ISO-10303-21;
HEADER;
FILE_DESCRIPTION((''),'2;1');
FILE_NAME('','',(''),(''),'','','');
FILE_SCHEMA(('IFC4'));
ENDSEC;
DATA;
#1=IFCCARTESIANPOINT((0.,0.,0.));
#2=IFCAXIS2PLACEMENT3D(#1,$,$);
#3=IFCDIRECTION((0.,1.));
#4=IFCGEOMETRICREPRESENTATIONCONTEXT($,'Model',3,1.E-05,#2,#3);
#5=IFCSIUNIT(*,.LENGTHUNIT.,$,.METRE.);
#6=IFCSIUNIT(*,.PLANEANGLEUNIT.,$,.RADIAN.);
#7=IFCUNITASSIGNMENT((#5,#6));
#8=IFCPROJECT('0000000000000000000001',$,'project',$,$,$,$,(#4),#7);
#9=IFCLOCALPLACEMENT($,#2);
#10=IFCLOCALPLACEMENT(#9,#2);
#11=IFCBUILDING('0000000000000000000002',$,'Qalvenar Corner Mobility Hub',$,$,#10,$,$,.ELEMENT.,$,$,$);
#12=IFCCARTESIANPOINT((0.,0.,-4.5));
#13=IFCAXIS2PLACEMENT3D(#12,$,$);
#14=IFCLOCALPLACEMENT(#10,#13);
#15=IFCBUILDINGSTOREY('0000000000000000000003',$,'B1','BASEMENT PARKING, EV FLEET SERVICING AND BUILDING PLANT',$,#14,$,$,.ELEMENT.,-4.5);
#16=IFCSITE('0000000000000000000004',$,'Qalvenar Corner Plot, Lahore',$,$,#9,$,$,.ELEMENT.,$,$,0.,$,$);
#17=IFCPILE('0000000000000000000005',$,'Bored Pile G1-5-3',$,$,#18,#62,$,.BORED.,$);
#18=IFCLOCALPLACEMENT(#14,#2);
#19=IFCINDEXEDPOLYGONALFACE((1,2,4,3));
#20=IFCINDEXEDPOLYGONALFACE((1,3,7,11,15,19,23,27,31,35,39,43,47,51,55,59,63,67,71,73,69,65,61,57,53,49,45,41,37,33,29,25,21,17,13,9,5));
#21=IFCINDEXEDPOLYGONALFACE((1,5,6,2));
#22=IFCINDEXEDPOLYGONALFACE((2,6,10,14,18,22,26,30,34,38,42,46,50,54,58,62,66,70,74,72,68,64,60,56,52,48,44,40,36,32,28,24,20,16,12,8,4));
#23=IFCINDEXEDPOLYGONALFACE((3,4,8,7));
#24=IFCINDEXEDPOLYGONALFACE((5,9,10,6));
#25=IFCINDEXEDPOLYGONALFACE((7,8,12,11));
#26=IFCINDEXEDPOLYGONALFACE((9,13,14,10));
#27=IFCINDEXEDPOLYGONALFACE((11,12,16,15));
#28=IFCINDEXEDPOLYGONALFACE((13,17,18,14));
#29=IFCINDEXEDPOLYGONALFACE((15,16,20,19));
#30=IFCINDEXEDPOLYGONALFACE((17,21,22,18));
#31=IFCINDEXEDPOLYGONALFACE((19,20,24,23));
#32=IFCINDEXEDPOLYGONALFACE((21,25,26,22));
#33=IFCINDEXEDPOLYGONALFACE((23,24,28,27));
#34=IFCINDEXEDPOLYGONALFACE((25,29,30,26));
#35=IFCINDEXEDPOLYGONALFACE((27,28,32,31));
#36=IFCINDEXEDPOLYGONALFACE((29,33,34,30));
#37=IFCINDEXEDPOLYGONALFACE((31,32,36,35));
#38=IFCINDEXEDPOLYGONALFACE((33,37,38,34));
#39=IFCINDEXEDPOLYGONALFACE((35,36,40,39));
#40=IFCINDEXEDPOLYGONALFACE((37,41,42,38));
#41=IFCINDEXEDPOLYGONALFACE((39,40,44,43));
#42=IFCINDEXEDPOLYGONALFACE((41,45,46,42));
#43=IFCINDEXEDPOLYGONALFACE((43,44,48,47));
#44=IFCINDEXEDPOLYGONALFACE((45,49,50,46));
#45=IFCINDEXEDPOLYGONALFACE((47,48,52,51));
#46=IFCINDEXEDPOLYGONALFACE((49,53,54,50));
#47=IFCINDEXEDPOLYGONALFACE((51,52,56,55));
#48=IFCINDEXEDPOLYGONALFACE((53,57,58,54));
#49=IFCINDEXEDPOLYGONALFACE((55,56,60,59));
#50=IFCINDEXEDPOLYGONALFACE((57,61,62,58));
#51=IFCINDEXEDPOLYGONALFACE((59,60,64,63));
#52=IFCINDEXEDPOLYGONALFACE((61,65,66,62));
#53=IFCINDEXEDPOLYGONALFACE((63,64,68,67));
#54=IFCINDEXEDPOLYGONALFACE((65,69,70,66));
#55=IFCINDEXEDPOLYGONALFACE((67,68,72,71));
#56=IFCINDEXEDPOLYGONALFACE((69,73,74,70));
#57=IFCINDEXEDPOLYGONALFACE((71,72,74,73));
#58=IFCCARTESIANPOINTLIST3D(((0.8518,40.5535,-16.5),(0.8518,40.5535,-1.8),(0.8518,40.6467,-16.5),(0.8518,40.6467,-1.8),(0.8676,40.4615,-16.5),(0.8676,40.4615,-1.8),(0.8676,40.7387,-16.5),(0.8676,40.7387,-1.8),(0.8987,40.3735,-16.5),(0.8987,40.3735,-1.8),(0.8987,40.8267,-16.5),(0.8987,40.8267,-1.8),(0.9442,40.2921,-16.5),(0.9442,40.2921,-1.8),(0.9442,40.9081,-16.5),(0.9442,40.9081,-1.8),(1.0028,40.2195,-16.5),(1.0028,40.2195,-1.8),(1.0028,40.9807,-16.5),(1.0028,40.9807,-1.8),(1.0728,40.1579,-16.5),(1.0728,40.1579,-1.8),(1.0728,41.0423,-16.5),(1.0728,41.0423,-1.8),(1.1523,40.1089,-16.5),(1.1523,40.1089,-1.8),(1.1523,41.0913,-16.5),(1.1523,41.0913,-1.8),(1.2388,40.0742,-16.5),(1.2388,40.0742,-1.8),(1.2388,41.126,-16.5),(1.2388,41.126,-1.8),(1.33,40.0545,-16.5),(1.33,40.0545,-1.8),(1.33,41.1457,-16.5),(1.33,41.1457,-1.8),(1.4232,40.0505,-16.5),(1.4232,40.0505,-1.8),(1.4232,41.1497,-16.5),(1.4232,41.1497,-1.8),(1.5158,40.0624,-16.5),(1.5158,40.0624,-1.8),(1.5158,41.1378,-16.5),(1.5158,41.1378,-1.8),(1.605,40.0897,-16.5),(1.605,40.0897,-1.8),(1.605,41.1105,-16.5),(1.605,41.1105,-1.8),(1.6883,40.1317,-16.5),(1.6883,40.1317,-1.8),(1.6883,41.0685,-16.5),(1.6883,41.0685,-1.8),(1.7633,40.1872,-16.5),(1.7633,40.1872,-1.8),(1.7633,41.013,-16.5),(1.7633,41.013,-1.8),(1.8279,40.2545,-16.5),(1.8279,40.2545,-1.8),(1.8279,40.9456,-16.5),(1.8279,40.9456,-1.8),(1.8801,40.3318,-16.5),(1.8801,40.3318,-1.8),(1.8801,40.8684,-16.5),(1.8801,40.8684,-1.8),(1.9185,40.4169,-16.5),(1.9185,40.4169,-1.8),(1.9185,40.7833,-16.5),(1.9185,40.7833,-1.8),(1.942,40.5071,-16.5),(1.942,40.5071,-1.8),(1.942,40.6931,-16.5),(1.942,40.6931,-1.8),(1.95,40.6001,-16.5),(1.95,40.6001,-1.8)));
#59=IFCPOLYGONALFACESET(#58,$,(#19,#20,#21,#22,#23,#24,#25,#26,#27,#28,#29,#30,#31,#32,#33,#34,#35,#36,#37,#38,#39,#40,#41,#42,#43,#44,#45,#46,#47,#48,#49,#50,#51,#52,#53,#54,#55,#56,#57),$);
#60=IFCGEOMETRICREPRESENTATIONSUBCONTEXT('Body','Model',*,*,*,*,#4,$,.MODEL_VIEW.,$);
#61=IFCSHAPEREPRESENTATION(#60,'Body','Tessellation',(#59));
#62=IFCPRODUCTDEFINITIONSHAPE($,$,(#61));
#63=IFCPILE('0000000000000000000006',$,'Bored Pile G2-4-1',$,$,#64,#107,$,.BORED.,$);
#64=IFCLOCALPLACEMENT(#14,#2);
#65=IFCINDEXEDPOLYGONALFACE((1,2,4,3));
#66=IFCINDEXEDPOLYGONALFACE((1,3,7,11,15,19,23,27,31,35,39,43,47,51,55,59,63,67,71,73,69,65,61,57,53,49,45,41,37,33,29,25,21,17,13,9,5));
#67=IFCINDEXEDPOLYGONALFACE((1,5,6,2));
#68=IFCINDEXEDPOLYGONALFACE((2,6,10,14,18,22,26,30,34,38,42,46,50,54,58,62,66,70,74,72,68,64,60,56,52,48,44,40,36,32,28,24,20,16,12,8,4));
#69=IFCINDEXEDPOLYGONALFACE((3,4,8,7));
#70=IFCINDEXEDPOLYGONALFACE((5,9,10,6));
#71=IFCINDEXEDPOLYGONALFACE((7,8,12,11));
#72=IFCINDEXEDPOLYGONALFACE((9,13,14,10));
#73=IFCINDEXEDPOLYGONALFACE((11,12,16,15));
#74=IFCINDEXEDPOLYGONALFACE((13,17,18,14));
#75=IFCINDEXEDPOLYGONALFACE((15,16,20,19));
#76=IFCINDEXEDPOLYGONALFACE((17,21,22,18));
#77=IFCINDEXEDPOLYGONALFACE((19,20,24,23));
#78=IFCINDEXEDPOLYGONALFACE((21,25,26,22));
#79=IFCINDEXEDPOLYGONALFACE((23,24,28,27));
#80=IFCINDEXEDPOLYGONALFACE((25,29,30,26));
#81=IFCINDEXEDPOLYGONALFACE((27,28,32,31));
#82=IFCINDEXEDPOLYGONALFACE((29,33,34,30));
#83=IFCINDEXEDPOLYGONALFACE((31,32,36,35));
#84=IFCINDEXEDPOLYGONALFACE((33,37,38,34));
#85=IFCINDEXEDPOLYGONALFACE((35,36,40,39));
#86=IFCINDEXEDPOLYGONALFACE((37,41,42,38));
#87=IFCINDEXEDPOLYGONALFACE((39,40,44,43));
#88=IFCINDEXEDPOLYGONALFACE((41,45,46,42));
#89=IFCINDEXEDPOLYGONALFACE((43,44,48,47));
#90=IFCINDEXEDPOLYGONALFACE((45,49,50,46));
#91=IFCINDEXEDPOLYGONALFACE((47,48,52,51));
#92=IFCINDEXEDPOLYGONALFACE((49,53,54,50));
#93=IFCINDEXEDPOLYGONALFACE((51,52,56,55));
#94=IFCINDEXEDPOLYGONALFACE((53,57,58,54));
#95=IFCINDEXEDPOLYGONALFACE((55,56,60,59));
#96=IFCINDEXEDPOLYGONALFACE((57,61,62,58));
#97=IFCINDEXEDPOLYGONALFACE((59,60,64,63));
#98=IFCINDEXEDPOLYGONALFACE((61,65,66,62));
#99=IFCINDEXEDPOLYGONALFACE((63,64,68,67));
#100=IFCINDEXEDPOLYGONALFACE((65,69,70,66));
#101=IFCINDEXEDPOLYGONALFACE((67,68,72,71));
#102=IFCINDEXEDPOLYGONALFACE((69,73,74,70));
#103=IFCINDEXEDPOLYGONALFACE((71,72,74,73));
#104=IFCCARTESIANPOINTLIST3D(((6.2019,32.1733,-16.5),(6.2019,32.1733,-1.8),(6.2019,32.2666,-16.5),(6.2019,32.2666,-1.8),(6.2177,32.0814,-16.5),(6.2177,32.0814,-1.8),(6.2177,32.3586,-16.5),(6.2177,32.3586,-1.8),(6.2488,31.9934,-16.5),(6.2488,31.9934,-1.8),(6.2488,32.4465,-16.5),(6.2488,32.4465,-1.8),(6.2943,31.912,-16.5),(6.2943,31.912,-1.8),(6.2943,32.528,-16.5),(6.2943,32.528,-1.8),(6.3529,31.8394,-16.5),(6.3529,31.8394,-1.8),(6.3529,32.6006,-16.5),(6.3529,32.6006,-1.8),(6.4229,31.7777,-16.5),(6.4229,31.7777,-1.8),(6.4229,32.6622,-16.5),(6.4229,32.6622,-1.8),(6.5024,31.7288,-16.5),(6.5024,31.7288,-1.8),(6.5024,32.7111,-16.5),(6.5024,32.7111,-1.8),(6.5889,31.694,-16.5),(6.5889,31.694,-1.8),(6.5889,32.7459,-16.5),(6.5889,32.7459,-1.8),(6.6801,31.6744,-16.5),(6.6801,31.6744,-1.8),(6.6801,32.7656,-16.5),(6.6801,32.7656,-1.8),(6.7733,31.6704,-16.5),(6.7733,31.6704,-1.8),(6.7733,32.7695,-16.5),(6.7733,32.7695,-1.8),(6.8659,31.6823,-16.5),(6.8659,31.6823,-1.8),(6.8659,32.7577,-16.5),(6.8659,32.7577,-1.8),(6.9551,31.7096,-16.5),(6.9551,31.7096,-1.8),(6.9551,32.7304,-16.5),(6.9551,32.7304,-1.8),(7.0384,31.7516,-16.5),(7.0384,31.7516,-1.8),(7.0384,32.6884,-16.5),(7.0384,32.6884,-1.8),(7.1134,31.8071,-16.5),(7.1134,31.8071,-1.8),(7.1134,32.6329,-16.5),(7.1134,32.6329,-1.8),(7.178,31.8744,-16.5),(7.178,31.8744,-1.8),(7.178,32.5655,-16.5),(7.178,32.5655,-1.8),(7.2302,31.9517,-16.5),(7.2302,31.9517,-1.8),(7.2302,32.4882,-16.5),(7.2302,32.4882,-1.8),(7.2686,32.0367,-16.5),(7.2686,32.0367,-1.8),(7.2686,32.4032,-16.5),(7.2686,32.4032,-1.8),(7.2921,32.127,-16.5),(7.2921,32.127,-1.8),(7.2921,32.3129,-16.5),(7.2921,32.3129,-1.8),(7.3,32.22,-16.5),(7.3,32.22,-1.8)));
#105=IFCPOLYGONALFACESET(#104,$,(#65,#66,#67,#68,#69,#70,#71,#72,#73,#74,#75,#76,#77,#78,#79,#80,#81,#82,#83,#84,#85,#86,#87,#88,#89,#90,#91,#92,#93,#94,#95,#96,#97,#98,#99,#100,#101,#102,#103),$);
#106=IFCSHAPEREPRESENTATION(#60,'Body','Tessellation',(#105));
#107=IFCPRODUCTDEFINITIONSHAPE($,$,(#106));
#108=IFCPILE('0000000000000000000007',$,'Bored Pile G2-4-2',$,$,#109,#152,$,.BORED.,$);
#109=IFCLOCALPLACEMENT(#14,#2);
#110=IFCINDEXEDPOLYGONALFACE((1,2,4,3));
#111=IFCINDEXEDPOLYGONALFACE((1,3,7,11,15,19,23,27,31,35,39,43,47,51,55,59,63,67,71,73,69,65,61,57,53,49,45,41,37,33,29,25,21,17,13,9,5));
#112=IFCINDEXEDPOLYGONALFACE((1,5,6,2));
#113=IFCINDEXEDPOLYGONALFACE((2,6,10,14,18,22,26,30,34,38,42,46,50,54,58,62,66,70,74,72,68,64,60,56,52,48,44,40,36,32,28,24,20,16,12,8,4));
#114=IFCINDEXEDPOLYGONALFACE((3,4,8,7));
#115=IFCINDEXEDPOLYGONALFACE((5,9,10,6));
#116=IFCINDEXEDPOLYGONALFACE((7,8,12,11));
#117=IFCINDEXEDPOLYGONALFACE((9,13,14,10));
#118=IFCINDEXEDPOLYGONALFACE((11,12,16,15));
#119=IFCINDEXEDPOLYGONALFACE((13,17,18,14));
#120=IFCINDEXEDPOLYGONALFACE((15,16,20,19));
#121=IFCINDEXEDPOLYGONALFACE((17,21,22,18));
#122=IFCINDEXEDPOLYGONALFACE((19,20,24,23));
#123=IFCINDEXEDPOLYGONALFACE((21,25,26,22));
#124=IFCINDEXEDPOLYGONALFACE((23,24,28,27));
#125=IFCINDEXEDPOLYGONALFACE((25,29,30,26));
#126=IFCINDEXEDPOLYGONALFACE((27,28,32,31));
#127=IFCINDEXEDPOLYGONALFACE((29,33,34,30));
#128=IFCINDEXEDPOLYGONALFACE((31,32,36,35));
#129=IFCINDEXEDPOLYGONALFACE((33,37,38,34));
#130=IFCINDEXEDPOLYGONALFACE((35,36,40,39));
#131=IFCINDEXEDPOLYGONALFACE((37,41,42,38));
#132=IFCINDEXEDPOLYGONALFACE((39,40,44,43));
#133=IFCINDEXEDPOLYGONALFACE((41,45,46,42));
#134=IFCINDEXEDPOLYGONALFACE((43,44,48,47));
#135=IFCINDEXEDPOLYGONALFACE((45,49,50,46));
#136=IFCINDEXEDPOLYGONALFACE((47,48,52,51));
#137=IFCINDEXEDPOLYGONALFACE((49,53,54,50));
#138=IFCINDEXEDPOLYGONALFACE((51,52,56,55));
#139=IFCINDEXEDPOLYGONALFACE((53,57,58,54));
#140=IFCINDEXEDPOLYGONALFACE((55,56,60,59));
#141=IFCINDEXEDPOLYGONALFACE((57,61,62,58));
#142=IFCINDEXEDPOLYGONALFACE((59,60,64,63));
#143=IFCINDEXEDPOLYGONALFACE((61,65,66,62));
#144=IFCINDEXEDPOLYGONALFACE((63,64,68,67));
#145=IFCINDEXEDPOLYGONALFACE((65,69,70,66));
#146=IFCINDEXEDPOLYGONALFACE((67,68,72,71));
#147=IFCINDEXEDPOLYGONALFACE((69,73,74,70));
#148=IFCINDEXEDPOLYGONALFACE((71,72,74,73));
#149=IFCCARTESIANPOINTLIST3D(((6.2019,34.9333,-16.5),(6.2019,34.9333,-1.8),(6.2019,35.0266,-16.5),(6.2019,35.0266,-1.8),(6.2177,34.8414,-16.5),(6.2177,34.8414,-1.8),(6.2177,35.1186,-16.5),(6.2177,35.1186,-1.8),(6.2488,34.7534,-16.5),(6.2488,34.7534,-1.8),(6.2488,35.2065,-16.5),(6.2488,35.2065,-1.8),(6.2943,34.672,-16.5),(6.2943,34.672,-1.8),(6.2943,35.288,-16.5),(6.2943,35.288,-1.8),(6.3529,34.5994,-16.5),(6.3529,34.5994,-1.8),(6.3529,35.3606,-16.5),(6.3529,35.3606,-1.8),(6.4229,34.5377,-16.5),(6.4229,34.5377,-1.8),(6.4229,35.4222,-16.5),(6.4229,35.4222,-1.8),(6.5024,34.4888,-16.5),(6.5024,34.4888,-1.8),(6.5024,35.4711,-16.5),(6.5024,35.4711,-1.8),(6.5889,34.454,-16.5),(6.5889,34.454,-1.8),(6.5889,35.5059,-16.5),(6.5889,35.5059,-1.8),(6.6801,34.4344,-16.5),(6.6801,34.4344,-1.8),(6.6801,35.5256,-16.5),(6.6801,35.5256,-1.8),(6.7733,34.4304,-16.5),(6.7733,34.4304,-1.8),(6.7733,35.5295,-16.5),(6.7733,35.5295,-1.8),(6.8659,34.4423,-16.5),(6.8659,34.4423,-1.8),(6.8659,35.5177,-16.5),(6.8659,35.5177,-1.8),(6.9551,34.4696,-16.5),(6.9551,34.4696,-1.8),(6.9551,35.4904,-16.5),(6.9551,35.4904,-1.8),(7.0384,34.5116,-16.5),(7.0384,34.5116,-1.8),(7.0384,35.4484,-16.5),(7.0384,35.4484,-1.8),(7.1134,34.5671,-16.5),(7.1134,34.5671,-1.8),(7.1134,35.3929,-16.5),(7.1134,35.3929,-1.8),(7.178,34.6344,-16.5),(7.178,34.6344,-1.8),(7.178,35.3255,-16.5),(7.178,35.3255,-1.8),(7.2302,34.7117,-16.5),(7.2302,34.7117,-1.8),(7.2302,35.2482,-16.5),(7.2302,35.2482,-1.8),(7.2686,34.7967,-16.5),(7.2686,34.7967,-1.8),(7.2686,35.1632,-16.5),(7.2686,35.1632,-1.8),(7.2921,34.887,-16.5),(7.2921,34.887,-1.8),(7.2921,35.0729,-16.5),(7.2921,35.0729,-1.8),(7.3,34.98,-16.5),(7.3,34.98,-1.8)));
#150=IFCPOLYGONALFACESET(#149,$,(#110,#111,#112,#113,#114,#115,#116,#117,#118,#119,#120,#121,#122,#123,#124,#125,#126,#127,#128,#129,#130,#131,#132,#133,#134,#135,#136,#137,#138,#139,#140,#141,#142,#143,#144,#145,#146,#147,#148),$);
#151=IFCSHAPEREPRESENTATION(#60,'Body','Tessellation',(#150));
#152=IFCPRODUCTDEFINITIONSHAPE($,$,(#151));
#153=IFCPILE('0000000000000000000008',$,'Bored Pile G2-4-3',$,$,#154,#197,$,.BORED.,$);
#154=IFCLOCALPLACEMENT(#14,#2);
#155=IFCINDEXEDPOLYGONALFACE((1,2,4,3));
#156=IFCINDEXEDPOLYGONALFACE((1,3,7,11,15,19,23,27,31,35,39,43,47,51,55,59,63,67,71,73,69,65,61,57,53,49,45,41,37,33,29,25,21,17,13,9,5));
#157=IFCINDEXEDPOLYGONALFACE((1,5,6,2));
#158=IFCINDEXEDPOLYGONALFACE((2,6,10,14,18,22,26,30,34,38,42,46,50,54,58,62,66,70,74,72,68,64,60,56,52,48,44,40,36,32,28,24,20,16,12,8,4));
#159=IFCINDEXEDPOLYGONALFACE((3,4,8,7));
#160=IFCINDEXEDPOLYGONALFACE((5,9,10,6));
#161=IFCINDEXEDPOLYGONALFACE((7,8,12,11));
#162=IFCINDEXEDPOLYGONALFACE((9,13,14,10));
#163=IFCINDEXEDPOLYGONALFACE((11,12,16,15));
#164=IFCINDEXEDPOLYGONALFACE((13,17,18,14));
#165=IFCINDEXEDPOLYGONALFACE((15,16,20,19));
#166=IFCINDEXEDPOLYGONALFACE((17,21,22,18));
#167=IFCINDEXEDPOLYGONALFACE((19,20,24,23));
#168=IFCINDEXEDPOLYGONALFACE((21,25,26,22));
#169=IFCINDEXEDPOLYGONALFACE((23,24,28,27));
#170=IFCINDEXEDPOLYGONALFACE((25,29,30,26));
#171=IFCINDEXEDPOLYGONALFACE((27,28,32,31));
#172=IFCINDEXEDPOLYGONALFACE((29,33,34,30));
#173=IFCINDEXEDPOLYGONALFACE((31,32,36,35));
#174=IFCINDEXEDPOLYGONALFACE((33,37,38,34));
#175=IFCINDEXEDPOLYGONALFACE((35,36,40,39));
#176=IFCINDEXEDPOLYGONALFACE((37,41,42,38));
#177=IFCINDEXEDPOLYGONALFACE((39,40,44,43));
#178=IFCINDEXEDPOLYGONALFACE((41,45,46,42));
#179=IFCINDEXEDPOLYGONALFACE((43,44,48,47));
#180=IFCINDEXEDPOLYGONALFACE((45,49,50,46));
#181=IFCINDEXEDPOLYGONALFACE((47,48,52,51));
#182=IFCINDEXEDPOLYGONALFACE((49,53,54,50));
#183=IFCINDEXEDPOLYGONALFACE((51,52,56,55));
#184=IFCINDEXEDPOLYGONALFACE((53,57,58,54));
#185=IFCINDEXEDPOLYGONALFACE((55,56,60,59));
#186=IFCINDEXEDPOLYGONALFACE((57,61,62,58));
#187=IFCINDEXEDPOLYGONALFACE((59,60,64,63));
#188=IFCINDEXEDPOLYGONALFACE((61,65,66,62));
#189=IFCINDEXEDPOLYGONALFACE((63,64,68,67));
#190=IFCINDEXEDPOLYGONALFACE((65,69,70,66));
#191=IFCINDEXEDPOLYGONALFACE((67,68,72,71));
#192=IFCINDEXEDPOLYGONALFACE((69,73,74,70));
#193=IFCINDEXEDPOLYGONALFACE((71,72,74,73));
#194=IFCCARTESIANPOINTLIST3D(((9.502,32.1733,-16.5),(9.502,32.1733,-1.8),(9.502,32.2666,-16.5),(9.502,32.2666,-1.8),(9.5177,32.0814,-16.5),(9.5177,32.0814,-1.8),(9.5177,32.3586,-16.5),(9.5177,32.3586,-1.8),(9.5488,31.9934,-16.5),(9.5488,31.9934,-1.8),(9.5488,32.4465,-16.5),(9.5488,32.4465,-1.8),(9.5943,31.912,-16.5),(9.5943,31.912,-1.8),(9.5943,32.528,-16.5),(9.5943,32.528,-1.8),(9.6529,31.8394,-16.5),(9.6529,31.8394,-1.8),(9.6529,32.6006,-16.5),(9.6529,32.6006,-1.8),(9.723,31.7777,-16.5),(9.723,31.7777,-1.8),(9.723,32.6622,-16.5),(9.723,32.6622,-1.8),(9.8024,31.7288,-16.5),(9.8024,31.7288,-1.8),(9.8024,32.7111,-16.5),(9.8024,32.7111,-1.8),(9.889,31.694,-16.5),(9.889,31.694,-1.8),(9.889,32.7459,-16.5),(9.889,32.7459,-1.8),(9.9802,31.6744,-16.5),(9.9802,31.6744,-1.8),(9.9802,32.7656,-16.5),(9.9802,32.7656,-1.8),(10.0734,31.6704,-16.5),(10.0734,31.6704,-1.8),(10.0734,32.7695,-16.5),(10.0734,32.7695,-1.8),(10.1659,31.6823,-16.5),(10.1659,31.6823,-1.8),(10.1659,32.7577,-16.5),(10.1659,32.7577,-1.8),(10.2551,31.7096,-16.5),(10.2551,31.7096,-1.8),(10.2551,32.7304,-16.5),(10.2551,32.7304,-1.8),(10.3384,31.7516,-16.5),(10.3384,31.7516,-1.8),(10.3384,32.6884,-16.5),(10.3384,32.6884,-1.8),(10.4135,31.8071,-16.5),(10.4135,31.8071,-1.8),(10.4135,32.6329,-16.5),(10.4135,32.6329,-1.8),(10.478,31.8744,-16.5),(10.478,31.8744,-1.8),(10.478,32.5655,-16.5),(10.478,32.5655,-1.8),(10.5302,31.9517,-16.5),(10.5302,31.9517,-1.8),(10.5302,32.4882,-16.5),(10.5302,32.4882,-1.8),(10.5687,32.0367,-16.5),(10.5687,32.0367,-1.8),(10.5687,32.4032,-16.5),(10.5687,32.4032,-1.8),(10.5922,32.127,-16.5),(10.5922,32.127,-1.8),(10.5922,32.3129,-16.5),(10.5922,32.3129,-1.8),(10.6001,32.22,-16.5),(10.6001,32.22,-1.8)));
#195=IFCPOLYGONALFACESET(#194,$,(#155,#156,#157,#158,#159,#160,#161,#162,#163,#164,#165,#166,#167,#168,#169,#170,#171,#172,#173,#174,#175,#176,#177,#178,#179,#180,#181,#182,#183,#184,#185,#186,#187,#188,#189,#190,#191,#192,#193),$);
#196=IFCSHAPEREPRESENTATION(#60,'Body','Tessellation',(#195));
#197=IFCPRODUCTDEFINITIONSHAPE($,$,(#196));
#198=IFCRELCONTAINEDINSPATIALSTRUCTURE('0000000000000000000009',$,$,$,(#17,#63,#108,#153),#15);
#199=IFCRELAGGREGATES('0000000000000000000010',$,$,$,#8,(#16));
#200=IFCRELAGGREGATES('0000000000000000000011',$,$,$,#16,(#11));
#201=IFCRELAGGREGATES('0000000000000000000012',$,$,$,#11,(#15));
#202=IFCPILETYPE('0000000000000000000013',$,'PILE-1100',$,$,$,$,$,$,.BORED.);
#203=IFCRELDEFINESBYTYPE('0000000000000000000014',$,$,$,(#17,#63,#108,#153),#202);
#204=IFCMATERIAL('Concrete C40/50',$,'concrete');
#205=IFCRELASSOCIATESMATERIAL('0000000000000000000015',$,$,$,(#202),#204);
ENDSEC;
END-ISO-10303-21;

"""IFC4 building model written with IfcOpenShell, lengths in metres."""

from ifc_helpers import new_model, si_unit, direction, frame, origin, origin_2d, place, context, subcontext, project, spatial, circle, extrude, material, material_profile, profile_set, type_object, element, save


model = new_model("IFC4")

# Units and contexts
model_context = context("Model", 3, precision=1e-05, world=origin(), true_north=direction((0.0, 1.0)))
body_context = subcontext(model_context, "Body", "Model", "MODEL_VIEW")
ifc_project = project(units=[si_unit("LENGTHUNIT", "METRE"), si_unit("PLANEANGLEUNIT", "RADIAN")], contexts=[model_context])

# Site, building, storey
site_placement = place(None, origin())
site = spatial("IfcSite", under=ifc_project, at=site_placement, Name="Qalvenar Corner Plot, Lahore", CompositionType="ELEMENT", RefElevation=0.0)
building_placement = place(site_placement, origin())
building = spatial("IfcBuilding", under=site, at=building_placement, Name="Qalvenar Corner Mobility Hub", CompositionType="ELEMENT")
storey_placement = place(building_placement, frame((0.0, 0.0, -4.5)))
storey = spatial("IfcBuildingStorey", under=building, at=storey_placement, Name="B1", Description="BASEMENT PARKING, EV FLEET SERVICING AND BUILDING PLANT", CompositionType="ELEMENT", Elevation=-4.5)

# Shared definitions
ifc_material_1 = material(Name="Concrete C40/50", Category="concrete")

# Piles
ifc_material_profile_1 = material_profile(ifc_material_1, circle(Radius=0.55, at=origin_2d()), Name="DIA1100")
ifc_profile_set_1 = profile_set([ifc_material_profile_1], Name="Concrete C40/50")
pile_type = type_object("IfcPileType", Name="PILE-1100", PredefinedType="BORED", material=ifc_profile_set_1)
for number, where, z_axis, x_axis, name in (
    (1, (1.3999, 40.6001, -1.8), (0.0, 0.0, -1.0), (1.0, 0.0, 0.0), "Bored Pile G1-5-3"),
    (2, (6.75, 32.22, -1.8), (0.0, 0.0, -1.0), (1.0, 0.0, 0.0), "Bored Pile G2-4-1"),
    (3, (6.75, 34.98, -1.8), (0.0, 0.0, -1.0), (1.0, 0.0, 0.0), "Bored Pile G2-4-2"),
    (4, (10.05, 32.22, -1.8), (0.0, 0.0, -1.0), (1.0, 0.0, 0.0), "Bored Pile G2-4-3"),
):
    element("IfcPile", number, at=place(storey_placement, frame(where, z_axis=z_axis, x_axis=x_axis)), inside=storey, type_object=pile_type, Name=name, PredefinedType="BORED", context=body_context, shape_type="SweptSolid", body=[
        extrude(circle(Radius=0.55, at=origin_2d()), origin(), (0.0, 0.0, 1.0), 14.7),
    ])

save(model, "model.ifc")
